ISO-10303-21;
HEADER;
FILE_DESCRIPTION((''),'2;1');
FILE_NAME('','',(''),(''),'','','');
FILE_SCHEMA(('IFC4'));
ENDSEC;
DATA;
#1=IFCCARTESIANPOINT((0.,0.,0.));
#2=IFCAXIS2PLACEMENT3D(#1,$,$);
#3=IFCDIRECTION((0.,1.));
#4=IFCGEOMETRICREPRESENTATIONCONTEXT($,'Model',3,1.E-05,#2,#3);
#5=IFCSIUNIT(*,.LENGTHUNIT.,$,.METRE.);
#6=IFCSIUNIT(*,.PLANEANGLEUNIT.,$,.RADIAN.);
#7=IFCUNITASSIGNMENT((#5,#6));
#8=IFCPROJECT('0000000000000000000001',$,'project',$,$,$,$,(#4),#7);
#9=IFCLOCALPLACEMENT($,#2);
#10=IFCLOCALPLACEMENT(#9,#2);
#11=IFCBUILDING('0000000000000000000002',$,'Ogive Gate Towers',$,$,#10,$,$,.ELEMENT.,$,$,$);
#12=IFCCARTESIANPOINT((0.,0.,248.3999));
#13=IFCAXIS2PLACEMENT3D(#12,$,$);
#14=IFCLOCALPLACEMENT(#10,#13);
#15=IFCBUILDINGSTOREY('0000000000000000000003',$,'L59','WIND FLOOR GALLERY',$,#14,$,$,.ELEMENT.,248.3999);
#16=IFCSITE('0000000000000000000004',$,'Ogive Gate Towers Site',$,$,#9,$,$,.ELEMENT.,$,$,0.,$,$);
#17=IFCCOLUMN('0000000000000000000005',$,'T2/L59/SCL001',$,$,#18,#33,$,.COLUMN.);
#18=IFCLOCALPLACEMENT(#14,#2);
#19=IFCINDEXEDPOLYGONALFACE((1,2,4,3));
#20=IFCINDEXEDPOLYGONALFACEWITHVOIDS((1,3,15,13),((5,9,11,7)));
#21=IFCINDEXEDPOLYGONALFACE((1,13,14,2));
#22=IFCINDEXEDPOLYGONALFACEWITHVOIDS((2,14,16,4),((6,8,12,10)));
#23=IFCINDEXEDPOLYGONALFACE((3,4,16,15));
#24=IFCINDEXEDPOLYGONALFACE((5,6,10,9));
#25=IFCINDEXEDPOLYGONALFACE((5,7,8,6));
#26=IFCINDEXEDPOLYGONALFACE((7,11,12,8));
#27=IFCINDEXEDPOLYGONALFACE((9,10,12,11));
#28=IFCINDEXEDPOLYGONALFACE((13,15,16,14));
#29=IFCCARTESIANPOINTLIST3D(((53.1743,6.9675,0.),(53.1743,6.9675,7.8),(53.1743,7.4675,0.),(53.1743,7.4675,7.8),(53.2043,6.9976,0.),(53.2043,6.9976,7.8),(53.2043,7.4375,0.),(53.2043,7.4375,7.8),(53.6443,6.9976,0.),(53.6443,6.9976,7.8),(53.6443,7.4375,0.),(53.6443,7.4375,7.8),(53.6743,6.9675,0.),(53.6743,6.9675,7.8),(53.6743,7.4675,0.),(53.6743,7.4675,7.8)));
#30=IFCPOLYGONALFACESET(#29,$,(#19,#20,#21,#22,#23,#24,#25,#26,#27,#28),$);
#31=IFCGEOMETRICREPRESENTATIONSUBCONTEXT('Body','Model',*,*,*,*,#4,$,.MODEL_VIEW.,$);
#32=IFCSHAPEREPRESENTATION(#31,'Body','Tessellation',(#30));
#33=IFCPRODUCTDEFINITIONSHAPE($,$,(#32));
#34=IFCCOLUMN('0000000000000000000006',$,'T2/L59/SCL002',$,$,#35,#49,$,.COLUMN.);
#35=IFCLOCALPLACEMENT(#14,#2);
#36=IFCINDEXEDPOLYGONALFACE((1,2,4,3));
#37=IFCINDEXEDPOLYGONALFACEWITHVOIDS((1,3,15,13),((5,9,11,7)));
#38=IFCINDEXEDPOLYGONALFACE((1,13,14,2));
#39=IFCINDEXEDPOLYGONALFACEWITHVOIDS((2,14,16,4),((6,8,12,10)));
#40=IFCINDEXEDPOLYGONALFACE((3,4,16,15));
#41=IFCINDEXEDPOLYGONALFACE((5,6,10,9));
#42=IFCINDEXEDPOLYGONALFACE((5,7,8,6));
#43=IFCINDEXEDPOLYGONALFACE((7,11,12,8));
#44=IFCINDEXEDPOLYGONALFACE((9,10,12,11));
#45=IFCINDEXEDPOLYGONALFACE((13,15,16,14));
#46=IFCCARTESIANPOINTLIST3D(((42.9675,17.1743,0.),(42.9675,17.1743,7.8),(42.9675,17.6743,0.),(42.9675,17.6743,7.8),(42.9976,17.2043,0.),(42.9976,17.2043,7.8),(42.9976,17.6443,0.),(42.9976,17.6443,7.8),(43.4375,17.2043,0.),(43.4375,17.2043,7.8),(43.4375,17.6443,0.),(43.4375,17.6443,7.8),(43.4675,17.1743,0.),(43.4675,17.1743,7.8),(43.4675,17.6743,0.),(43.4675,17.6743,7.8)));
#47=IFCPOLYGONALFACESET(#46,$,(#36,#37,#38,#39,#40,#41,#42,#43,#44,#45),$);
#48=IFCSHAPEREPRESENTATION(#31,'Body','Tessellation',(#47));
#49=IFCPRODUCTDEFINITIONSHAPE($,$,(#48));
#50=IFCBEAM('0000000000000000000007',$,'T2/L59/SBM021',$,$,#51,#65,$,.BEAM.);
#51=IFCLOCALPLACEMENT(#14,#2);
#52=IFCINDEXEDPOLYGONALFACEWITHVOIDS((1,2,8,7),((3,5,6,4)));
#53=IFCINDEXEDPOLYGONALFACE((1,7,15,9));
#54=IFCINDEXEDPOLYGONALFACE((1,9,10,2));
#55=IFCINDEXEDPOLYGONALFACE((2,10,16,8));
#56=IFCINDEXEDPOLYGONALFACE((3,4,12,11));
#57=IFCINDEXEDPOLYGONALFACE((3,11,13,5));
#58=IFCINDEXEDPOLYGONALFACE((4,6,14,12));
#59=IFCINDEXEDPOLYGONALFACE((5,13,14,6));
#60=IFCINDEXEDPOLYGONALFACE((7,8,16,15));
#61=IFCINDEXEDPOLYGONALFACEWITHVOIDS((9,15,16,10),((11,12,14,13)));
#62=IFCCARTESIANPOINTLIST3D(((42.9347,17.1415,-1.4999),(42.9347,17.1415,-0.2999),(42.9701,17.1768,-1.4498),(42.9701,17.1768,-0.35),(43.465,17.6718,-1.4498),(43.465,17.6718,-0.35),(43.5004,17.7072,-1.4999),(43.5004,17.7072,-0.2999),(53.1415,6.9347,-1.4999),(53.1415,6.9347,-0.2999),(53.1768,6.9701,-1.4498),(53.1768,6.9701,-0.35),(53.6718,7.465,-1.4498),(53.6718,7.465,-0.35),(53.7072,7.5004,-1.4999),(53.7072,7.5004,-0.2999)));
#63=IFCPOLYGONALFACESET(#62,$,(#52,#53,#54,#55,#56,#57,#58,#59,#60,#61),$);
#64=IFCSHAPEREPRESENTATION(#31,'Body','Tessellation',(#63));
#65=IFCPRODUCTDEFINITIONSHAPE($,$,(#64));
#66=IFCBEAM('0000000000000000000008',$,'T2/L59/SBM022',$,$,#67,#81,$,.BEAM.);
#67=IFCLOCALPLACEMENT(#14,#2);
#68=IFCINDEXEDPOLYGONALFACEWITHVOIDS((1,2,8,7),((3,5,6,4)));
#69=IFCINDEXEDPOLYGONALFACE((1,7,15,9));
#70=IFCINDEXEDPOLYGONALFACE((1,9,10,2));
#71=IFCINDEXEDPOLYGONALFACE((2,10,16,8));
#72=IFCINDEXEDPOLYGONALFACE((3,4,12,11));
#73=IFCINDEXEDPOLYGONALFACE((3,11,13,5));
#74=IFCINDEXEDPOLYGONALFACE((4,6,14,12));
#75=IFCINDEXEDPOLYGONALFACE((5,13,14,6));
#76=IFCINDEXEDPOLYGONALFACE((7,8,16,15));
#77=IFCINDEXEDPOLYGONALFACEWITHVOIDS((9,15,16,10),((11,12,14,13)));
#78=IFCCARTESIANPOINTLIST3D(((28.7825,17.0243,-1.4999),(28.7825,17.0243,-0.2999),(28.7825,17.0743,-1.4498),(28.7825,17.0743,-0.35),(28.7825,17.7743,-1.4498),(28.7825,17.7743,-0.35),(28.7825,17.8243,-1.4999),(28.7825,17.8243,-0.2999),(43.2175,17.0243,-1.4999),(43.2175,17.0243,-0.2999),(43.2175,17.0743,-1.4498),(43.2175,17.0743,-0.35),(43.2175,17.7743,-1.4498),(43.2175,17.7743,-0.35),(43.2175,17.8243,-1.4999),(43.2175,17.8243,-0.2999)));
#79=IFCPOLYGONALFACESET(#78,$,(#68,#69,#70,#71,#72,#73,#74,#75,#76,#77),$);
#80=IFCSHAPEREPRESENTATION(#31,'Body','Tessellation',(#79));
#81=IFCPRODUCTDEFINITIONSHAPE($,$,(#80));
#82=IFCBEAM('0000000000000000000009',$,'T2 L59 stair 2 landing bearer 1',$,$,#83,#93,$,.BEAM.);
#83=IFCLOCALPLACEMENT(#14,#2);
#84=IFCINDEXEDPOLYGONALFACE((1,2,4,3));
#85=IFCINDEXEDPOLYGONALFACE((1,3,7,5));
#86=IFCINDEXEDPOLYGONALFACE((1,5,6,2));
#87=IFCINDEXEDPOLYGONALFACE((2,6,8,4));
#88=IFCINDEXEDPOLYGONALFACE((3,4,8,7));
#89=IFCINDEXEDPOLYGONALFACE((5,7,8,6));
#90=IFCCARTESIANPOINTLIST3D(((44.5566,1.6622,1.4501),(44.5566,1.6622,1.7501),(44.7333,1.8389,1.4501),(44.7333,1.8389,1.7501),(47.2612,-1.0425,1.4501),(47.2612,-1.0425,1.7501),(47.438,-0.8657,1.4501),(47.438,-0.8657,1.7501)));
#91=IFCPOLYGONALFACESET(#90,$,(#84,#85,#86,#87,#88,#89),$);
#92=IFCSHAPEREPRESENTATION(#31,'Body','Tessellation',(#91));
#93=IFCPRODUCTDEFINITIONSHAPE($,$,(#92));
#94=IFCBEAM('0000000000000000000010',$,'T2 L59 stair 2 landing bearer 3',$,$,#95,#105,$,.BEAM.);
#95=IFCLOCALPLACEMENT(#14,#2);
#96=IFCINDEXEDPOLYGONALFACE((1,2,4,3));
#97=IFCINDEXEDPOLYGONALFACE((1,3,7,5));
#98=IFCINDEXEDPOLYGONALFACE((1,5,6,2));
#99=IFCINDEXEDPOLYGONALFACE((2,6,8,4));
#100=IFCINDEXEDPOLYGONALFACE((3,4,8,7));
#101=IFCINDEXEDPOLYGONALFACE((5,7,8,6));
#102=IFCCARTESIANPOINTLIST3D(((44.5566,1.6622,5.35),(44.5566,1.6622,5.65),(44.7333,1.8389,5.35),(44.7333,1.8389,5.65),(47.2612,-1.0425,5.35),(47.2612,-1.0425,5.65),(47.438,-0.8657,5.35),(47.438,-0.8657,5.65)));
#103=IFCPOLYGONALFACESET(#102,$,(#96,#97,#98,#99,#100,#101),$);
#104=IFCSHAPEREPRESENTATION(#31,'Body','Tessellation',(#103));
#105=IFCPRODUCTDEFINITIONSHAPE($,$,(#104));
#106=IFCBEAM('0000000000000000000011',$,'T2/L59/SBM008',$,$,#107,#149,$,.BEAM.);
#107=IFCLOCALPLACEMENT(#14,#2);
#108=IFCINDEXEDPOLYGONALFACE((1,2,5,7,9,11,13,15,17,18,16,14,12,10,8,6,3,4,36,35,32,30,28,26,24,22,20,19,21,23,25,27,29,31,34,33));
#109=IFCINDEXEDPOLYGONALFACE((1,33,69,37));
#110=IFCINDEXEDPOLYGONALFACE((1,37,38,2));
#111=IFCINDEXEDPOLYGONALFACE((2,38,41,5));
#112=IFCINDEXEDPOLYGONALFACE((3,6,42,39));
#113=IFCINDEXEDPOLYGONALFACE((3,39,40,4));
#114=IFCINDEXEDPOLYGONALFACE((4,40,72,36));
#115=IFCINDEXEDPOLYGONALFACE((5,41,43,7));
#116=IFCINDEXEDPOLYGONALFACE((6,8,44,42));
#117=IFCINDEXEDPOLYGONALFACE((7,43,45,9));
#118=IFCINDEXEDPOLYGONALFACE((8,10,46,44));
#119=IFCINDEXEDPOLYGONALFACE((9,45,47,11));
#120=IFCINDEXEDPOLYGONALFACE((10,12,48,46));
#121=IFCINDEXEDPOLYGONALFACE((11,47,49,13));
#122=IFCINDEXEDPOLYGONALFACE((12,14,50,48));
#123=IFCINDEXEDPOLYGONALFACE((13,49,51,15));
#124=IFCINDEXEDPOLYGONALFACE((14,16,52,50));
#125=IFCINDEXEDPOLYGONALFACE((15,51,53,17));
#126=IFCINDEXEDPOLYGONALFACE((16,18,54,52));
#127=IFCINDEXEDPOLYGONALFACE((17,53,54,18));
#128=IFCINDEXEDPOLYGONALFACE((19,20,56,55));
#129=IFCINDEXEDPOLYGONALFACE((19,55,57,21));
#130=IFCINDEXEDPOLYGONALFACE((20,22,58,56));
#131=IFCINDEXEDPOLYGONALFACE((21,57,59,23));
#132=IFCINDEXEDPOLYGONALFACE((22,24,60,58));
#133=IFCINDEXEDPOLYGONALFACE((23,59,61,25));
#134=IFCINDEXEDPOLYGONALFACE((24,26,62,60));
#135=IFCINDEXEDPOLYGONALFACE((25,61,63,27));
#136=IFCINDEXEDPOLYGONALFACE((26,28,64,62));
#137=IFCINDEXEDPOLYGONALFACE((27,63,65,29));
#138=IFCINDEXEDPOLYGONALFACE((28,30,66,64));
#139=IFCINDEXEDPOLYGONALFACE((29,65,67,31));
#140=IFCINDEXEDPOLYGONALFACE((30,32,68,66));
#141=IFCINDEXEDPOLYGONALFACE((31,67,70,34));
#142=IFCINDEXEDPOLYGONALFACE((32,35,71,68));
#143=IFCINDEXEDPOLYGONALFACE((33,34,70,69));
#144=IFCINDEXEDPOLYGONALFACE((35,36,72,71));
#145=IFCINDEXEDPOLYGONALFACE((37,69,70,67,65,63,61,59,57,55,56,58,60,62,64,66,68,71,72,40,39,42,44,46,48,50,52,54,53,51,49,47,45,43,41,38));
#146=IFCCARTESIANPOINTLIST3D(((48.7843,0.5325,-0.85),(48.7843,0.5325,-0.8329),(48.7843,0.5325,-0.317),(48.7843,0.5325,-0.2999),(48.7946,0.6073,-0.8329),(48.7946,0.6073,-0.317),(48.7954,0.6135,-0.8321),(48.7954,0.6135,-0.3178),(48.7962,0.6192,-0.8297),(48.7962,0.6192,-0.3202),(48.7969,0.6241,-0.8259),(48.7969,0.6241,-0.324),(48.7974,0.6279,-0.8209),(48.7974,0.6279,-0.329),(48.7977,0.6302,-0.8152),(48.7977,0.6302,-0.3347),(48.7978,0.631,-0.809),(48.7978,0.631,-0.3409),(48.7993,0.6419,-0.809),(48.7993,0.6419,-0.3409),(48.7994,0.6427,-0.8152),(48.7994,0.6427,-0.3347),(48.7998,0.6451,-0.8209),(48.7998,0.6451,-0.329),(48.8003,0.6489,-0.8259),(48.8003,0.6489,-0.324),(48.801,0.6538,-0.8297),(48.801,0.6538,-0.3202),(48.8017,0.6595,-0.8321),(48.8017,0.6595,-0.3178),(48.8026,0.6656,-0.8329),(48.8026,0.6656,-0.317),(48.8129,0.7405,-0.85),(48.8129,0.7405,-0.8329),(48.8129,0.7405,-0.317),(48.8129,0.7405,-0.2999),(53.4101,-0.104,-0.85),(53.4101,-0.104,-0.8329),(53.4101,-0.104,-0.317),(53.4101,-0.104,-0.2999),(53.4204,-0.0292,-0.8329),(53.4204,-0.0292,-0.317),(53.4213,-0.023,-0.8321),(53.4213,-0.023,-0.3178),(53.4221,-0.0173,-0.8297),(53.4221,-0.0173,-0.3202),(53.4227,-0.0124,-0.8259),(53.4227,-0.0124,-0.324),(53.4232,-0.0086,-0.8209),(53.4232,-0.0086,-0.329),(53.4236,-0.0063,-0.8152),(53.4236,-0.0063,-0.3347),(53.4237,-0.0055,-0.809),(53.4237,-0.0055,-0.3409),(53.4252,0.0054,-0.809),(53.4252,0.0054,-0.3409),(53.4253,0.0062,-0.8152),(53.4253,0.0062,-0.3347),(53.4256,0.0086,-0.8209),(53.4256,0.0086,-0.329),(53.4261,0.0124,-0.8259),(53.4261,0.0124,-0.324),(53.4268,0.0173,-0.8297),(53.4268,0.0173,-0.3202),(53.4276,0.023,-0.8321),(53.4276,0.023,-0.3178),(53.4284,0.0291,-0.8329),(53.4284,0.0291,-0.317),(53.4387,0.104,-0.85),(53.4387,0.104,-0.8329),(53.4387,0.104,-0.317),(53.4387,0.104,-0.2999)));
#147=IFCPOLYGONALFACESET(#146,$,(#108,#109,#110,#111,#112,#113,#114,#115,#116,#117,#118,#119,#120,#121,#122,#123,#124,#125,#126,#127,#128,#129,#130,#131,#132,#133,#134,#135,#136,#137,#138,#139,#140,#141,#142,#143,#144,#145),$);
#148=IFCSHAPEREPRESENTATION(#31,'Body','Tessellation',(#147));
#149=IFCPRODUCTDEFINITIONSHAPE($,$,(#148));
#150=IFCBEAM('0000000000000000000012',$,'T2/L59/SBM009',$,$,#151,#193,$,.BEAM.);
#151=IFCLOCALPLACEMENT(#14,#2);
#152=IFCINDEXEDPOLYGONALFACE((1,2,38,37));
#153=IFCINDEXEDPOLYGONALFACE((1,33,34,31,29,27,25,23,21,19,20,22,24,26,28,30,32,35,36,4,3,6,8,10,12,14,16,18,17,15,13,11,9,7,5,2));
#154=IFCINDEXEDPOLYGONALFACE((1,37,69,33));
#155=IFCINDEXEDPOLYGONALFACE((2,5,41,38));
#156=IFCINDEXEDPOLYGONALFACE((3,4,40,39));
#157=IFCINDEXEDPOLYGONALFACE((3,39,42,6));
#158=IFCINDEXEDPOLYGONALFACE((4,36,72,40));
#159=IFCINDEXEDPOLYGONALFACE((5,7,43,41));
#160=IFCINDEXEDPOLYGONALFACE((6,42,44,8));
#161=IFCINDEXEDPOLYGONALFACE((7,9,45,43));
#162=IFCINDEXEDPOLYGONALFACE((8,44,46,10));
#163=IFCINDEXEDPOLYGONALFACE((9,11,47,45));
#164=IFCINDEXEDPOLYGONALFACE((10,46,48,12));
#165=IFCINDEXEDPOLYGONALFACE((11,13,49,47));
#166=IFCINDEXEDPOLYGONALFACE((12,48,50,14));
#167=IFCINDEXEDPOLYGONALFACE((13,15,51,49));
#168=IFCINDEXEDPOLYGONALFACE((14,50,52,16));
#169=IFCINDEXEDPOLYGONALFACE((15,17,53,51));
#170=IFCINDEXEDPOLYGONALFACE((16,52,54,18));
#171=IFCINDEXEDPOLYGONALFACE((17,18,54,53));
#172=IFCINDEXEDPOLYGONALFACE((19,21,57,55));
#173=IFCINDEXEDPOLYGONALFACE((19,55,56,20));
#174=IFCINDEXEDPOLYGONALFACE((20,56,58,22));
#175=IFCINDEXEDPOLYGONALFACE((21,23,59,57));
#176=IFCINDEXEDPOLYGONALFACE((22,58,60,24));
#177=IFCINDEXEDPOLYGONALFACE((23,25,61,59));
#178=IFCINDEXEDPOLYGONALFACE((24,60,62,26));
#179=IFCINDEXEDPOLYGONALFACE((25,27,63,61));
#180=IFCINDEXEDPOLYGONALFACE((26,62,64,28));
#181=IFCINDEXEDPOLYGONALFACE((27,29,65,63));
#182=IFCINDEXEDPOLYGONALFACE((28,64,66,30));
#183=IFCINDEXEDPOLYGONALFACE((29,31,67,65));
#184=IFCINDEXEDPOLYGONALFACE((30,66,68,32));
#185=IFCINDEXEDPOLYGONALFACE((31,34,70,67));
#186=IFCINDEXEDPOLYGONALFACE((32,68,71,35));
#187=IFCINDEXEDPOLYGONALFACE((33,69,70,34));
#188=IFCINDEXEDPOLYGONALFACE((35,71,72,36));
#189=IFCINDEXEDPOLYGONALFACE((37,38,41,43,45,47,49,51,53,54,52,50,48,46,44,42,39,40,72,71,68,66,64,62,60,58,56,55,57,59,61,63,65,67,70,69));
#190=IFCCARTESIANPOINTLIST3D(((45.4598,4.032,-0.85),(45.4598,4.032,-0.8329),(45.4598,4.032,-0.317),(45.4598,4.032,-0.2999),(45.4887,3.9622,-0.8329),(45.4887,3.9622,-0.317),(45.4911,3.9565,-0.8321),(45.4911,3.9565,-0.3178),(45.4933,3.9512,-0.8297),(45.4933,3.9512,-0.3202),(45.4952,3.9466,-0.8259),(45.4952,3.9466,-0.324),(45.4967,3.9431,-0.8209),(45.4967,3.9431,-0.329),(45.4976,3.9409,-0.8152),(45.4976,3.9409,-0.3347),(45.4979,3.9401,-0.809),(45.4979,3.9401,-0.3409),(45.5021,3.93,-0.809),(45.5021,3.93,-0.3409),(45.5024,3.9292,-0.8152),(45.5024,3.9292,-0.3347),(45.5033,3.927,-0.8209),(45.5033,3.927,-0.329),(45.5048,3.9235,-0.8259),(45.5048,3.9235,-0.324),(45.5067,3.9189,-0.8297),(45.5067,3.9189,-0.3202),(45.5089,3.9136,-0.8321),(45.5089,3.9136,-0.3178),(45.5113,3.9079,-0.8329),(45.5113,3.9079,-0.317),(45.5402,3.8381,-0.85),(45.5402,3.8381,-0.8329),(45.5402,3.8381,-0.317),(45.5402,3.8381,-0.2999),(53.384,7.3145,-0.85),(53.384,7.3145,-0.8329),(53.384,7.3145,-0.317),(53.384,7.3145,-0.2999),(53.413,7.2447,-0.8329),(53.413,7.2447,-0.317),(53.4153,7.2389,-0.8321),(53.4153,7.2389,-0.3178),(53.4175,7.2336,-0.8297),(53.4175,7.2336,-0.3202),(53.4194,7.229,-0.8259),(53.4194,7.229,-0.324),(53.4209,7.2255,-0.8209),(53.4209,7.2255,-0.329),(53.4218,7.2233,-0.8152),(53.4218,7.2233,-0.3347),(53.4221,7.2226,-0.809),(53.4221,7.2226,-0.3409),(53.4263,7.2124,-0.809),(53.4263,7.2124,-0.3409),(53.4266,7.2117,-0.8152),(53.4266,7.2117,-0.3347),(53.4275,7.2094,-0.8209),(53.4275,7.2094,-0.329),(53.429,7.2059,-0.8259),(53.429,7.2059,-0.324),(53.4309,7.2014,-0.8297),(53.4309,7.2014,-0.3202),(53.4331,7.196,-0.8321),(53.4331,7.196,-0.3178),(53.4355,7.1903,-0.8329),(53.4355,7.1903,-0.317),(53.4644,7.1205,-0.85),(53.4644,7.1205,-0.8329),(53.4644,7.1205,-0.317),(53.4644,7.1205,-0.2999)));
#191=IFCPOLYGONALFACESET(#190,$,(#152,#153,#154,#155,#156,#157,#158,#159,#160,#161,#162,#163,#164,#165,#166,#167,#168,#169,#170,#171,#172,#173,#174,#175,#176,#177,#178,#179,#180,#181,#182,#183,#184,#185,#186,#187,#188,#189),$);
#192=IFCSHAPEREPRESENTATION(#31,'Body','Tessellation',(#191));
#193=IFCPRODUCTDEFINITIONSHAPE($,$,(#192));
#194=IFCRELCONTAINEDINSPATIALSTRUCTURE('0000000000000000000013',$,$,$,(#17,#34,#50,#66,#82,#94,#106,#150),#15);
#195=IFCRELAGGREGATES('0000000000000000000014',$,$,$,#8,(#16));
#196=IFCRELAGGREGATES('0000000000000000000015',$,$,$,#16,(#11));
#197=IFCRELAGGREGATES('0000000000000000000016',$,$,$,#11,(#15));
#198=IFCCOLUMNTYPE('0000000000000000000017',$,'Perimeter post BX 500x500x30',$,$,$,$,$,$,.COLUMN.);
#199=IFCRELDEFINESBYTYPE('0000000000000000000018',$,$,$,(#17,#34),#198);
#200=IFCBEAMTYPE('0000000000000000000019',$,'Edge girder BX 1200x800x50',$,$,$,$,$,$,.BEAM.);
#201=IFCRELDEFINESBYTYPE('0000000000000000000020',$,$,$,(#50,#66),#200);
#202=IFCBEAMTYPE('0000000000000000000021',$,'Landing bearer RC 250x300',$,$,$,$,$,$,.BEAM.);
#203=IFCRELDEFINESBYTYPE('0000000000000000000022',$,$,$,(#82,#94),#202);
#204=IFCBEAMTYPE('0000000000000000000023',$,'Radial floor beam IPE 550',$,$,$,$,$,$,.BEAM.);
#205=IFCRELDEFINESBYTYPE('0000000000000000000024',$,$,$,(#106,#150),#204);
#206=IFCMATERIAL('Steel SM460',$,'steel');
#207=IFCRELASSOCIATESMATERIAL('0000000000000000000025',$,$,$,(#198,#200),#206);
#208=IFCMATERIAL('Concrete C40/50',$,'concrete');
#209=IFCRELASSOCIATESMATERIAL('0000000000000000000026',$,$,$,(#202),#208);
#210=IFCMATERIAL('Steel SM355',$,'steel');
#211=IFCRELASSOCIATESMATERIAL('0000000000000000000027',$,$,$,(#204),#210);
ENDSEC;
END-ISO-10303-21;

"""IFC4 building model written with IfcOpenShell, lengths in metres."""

from ifc_helpers import new_model, si_unit, direction, frame, origin, origin_2d, place, context, subcontext, project, spatial, rectangle, hollow_rectangle, i_section, extrude, material, material_profile, profile_set, type_object, element, save


model = new_model("IFC4")

# Units and contexts
model_context = context("Model", 3, precision=1e-05, world=origin(), true_north=direction((0.0, 1.0)))
body_context = subcontext(model_context, "Body", "Model", "MODEL_VIEW")
ifc_project = project(units=[si_unit("LENGTHUNIT", "METRE"), si_unit("PLANEANGLEUNIT", "RADIAN")], contexts=[model_context])

# Site, building, storey
site_placement = place(None, origin())
site = spatial("IfcSite", under=ifc_project, at=site_placement, Name="Ogive Gate Towers Site", CompositionType="ELEMENT", RefElevation=0.0)
building_placement = place(site_placement, origin())
building = spatial("IfcBuilding", under=site, at=building_placement, Name="Ogive Gate Towers", CompositionType="ELEMENT")
storey_placement = place(building_placement, frame((0.0, 0.0, 248.3999)))
storey = spatial("IfcBuildingStorey", under=building, at=storey_placement, Name="L59", Description="WIND FLOOR GALLERY", CompositionType="ELEMENT", Elevation=248.3999)

# Columns
ifc_material_1 = material(Name="Steel SM460", Category="steel")
ifc_material_profile_1 = material_profile(ifc_material_1, hollow_rectangle(XDim=0.5, YDim=0.5, WallThickness=0.03, at=origin_2d()), Name="BX 500x500x30")
ifc_profile_set_1 = profile_set([ifc_material_profile_1], Name="Steel SM460")
column_type = type_object("IfcColumnType", Name="Perimeter post BX 500x500x30", PredefinedType="COLUMN", material=ifc_profile_set_1)
for number, where, z_axis, x_axis, name in (
    (1, (53.4243, 7.2175, 0.0), (0.0, 0.0, 1.0), (1.0, 0.0, 0.0), "T2/L59/SCL001"),
    (2, (43.2175, 17.4243, 0.0), (0.0, 0.0, 1.0), (1.0, 0.0, 0.0), "T2/L59/SCL002"),
):
    element("IfcColumn", number, at=place(storey_placement, frame(where, z_axis=z_axis, x_axis=x_axis)), inside=storey, type_object=column_type, Name=name, PredefinedType="COLUMN", context=body_context, shape_type="SweptSolid", body=[
        extrude(hollow_rectangle(XDim=0.5, YDim=0.5, WallThickness=0.03, at=origin_2d()), origin(), (0.0, 0.0, 1.0), 7.8),
    ])

# Beams
ifc_material_profile_2 = material_profile(ifc_material_1, hollow_rectangle(XDim=0.8, YDim=1.2, WallThickness=0.05, at=origin_2d()), Name="BX 1200x800x50")
ifc_profile_set_2 = profile_set([ifc_material_profile_2], Name="Steel SM460")
beam_type_1 = type_object("IfcBeamType", Name="Edge girder BX 1200x800x50", PredefinedType="BEAM", material=ifc_profile_set_2)
beam_1_placement = place(storey_placement, frame((53.4243, 7.2175, -0.8999), z_axis=(-0.707107, 0.707107, 0.0), x_axis=(-0.707107, -0.707107, 0.0)))
element("IfcBeam", 3, at=beam_1_placement, inside=storey, type_object=beam_type_1, Name="T2/L59/SBM021", PredefinedType="BEAM", context=body_context, shape_type="SweptSolid", body=[
    extrude(hollow_rectangle(XDim=0.8, YDim=1.2, WallThickness=0.05, at=origin_2d()), origin(), (0.0, 0.0, 1.0), 14.4346),
])
beam_2_placement = place(storey_placement, frame((43.2175, 17.4243, -0.8999), z_axis=(-1.0, 0.0, 0.0), x_axis=(0.0, -1.0, 0.0)))
element("IfcBeam", 4, at=beam_2_placement, inside=storey, type_object=beam_type_1, Name="T2/L59/SBM022", PredefinedType="BEAM", context=body_context, shape_type="SweptSolid", body=[
    extrude(hollow_rectangle(XDim=0.8, YDim=1.2, WallThickness=0.05, at=origin_2d()), origin(), (0.0, 0.0, 1.0), 14.4351),
])
ifc_material_2 = material(Name="Concrete C40/50", Category="concrete")
ifc_material_profile_3 = material_profile(ifc_material_2, rectangle(XDim=0.25, YDim=0.3, at=origin_2d()), Name="RC 250x300")
ifc_profile_set_3 = profile_set([ifc_material_profile_3], Name="Concrete C40/50")
beam_type_2 = type_object("IfcBeamType", Name="Landing bearer RC 250x300", PredefinedType="BEAM", material=ifc_profile_set_3)
for number, where, z_axis, x_axis, name in (
    (5, (47.3496, -0.9541, 1.6001), (-0.707107, 0.707107, 0.0), (-0.707107, -0.707107, 0.0), "T2 L59 stair 2 landing bearer 1"),
    (6, (47.3496, -0.9541, 5.5), (-0.707107, 0.707107, 0.0), (-0.707107, -0.707107, 0.0), "T2 L59 stair 2 landing bearer 3"),
):
    element("IfcBeam", number, at=place(storey_placement, frame(where, z_axis=z_axis, x_axis=x_axis)), inside=storey, type_object=beam_type_2, Name=name, PredefinedType="BEAM", context=body_context, shape_type="SweptSolid", body=[
        extrude(rectangle(XDim=0.25, YDim=0.3, at=origin_2d()), origin(), (0.0, 0.0, 1.0), 3.825),
    ])
ifc_material_3 = material(Name="Steel SM355", Category="steel")
ifc_material_profile_4 = material_profile(ifc_material_3, i_section(OverallWidth=0.21, OverallDepth=0.55, WebThickness=0.011, FlangeThickness=0.0171, FilletRadius=0.0239, at=origin_2d()), Name="IPE 550")
ifc_profile_set_4 = profile_set([ifc_material_profile_4], Name="Steel SM355")
beam_type_3 = type_object("IfcBeamType", Name="Radial floor beam IPE 550", PredefinedType="BEAM", material=ifc_profile_set_4)
beam_3_placement = place(storey_placement, frame((48.7986, 0.6365, -0.575), z_axis=(0.990666, -0.13631, 0.0), x_axis=(0.13631, 0.990666, 0.0)))
element("IfcBeam", 7, at=beam_3_placement, inside=storey, type_object=beam_type_3, Name="T2/L59/SBM008", PredefinedType="BEAM", context=body_context, shape_type="SweptSolid", body=[
    extrude(i_section(OverallWidth=0.21, OverallDepth=0.55, WebThickness=0.011, FlangeThickness=0.0171, FilletRadius=0.0239, at=origin_2d()), origin(), (0.0, 0.0, 1.0), 4.6694),
])
beam_4_placement = place(storey_placement, frame((45.5, 3.9351, -0.575), z_axis=(0.923875, 0.382695, 0.0), x_axis=(-0.382695, 0.923875, 0.0)))
element("IfcBeam", 8, at=beam_4_placement, inside=storey, type_object=beam_type_3, Name="T2/L59/SBM009", PredefinedType="BEAM", context=body_context, shape_type="SweptSolid", body=[
    extrude(i_section(OverallWidth=0.21, OverallDepth=0.55, WebThickness=0.011, FlangeThickness=0.0171, FilletRadius=0.0239, at=origin_2d()), origin(), (0.0, 0.0, 1.0), 8.5771),
])

save(model, "model.ifc")
